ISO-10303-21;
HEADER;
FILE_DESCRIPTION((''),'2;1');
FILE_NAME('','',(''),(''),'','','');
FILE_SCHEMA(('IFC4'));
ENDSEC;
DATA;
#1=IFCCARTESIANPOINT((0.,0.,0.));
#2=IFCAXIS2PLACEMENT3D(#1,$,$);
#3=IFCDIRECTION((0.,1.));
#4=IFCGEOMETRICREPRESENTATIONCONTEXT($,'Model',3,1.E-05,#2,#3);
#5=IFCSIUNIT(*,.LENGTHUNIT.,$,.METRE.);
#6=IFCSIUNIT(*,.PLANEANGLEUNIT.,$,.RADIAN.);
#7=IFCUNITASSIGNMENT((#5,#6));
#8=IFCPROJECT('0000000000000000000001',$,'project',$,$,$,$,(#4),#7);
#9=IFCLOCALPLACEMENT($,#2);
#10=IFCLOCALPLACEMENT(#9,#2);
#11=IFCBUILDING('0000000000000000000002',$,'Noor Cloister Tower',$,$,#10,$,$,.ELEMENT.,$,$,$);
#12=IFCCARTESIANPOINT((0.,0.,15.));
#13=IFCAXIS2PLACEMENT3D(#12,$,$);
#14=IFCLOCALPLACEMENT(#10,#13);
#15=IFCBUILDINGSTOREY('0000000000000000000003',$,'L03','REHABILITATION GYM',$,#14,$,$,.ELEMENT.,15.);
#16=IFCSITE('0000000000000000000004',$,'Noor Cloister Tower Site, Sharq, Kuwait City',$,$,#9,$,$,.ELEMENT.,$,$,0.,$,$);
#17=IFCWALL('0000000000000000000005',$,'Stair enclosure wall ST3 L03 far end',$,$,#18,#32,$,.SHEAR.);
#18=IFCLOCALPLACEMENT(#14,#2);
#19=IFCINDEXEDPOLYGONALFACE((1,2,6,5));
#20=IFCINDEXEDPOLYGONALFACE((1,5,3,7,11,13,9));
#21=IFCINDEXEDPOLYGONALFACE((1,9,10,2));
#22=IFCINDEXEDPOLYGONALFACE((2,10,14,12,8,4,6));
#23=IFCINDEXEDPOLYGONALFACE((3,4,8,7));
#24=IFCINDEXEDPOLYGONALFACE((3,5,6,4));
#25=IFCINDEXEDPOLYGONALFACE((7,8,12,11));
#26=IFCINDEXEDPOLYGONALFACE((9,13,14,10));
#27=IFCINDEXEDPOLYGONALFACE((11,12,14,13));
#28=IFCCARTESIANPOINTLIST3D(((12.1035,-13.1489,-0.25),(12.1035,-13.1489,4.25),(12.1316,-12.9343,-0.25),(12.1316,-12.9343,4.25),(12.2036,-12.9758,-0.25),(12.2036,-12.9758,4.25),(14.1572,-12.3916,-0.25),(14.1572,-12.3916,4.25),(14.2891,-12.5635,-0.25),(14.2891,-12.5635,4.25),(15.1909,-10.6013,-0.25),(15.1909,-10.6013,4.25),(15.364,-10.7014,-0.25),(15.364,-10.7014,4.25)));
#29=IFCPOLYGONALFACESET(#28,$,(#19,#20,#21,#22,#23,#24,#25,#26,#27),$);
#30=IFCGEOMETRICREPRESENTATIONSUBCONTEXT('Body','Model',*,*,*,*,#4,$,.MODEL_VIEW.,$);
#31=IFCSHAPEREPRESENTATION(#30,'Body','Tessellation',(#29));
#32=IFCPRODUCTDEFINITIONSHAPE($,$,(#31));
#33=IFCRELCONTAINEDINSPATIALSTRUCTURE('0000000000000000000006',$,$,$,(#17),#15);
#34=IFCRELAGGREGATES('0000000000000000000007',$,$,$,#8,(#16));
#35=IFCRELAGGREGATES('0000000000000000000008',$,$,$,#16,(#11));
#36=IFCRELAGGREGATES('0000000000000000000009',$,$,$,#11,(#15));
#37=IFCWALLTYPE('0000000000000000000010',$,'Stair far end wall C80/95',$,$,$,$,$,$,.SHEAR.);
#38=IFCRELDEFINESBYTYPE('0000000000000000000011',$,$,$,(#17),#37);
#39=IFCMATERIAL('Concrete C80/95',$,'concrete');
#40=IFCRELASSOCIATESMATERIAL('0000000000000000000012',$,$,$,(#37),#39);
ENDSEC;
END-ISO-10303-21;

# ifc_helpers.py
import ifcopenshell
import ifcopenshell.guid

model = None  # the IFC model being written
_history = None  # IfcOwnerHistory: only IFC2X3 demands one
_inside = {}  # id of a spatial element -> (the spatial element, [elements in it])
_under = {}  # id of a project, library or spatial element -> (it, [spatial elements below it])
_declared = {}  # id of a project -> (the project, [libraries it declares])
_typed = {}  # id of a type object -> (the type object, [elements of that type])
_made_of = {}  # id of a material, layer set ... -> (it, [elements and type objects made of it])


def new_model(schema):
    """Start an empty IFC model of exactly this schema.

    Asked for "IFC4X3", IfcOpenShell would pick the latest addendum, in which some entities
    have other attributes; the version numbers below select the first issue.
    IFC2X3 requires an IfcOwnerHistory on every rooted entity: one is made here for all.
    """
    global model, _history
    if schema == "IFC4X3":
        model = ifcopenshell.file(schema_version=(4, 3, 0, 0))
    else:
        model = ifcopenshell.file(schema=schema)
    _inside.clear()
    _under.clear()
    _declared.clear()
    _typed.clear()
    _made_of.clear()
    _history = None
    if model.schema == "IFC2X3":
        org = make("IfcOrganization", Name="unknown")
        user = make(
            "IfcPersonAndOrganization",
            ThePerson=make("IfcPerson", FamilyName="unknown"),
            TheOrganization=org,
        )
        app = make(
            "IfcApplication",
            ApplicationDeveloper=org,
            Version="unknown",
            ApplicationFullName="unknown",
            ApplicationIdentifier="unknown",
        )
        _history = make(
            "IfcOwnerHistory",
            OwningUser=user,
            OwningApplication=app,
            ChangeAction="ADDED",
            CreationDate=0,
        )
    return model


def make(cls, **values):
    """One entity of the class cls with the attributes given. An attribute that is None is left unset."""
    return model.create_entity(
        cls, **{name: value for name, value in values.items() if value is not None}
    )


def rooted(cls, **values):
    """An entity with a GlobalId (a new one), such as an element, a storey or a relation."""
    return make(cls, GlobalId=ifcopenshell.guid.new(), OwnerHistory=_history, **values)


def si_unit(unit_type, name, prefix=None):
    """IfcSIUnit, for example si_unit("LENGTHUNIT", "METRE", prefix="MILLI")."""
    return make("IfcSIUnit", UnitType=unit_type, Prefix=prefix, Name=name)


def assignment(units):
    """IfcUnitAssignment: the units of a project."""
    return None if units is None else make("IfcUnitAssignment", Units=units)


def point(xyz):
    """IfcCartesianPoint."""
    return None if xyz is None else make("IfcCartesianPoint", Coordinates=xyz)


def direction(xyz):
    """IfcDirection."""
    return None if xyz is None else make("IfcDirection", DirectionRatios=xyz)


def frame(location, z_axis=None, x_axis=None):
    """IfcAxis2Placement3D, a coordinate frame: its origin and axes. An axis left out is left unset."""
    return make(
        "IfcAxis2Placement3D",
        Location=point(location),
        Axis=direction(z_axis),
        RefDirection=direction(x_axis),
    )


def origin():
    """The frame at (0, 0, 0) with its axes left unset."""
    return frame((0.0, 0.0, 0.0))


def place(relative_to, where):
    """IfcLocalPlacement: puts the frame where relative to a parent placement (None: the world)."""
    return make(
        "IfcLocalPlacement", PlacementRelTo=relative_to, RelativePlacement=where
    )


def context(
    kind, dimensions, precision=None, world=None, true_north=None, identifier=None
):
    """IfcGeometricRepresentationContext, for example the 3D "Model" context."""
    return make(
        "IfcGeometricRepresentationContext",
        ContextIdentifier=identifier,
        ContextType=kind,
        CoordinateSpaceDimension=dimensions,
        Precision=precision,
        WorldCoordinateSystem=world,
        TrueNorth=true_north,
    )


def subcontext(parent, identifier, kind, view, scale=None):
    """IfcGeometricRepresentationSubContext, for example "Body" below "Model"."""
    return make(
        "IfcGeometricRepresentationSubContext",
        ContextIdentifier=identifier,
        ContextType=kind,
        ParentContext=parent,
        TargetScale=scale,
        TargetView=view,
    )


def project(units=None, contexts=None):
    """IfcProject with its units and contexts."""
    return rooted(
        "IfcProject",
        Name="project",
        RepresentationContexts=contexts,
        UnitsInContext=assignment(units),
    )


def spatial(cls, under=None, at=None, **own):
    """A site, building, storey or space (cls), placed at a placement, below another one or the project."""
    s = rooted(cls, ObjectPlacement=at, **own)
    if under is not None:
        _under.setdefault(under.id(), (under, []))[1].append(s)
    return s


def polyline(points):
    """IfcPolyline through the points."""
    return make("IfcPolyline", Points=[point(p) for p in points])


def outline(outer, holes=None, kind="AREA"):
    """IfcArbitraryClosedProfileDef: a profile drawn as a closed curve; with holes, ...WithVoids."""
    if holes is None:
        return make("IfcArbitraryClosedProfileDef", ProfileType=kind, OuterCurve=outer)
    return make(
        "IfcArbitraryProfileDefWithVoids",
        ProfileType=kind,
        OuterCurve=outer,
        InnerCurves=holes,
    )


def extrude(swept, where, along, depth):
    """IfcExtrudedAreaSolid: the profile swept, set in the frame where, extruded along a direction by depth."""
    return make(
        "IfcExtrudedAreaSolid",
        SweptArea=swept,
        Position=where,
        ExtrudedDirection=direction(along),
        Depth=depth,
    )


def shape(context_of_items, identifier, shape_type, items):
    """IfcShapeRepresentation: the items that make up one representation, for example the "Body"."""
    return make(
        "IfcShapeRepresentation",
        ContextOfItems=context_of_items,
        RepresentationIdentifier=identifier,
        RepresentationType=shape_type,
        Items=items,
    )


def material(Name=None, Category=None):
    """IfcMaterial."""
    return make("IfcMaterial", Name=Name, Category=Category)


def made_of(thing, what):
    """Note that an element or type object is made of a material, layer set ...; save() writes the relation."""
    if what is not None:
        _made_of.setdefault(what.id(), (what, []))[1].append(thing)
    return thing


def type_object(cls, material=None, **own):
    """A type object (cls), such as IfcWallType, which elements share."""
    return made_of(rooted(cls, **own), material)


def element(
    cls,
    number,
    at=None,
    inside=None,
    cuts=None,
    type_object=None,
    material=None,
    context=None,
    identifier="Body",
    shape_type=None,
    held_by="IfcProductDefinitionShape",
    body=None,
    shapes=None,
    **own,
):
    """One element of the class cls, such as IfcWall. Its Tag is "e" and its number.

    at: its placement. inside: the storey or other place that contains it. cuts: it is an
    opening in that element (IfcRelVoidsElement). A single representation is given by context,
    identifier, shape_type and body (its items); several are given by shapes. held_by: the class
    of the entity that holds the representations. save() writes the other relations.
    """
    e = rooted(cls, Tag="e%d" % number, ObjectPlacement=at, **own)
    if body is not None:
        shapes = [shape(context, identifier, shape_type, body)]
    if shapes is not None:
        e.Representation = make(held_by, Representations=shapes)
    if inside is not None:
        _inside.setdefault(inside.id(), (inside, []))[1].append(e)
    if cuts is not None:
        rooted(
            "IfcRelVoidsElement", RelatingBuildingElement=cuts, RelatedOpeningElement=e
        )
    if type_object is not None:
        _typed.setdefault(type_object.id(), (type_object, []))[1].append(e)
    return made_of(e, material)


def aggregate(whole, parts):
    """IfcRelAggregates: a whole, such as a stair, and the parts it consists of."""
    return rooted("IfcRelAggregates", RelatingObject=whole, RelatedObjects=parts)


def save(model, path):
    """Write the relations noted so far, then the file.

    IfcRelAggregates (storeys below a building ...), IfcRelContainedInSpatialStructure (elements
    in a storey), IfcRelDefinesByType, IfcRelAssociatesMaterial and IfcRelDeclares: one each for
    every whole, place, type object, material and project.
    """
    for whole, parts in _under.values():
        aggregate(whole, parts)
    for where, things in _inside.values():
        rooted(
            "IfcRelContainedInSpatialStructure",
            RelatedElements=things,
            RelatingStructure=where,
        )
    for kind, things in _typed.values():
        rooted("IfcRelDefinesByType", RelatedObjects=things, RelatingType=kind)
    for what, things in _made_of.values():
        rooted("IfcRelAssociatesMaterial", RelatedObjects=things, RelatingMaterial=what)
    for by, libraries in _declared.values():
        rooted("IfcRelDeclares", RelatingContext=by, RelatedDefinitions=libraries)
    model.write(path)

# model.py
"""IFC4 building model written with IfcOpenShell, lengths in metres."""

from ifc_helpers import new_model, si_unit, direction, frame, origin, place, context, subcontext, project, spatial, polyline, outline, extrude, material, type_object, element, save


model = new_model("IFC4")

# Units and contexts
model_context = context("Model", 3, precision=1e-05, world=origin(), true_north=direction((0.0, 1.0)))
body_context = subcontext(model_context, "Body", "Model", "MODEL_VIEW")
ifc_project = project(units=[si_unit("LENGTHUNIT", "METRE"), si_unit("PLANEANGLEUNIT", "RADIAN")], contexts=[model_context])

# Site, building, storey
site_placement = place(None, origin())
site = spatial("IfcSite", under=ifc_project, at=site_placement, Name="Noor Cloister Tower Site, Sharq, Kuwait City", CompositionType="ELEMENT", RefElevation=0.0)
building_placement = place(site_placement, origin())
building = spatial("IfcBuilding", under=site, at=building_placement, Name="Noor Cloister Tower", CompositionType="ELEMENT")
storey_placement = place(building_placement, frame((0.0, 0.0, 15.0)))
storey = spatial("IfcBuildingStorey", under=building, at=storey_placement, Name="L03", Description="REHABILITATION GYM", CompositionType="ELEMENT", Elevation=15.0)

# Wall
ifc_material_1 = material(Name="Concrete C80/95", Category="concrete")
wall_type_1 = type_object("IfcWallType", Name="Stair far end wall C80/95", PredefinedType="SHEAR", material=ifc_material_1)
wall_1_placement = place(storey_placement, frame((0.0, 0.0, -0.25)))
element("IfcWall", 1, at=wall_1_placement, inside=storey, type_object=wall_type_1, Name="Stair enclosure wall ST3 L03 far end", PredefinedType="SHEAR", context=body_context, shape_type="SweptSolid", body=[
    extrude(outline(polyline([(12.1035, -13.1489), (14.2891, -12.5635), (15.364, -10.7014), (15.1909, -10.6013), (14.1572, -12.3916), (12.1316, -12.9343), (12.2036, -12.9758), (12.2036, -12.9758), (12.2036, -12.9758), (12.2036, -12.9758), (12.2036, -12.9758), (12.2036, -12.9758), (12.2036, -12.9758), (12.2036, -12.9758), (12.2036, -12.9758), (12.2036, -12.9758), (12.2036, -12.9758), (12.2036, -12.9758), (12.2036, -12.9758), (12.2036, -12.9758), (12.2036, -12.9758), (12.2036, -12.9758), (12.2036, -12.9758), (12.1035, -13.1489)])), origin(), (0.0, 0.0, 1.0), 4.5),
])

save(model, "model.ifc")
